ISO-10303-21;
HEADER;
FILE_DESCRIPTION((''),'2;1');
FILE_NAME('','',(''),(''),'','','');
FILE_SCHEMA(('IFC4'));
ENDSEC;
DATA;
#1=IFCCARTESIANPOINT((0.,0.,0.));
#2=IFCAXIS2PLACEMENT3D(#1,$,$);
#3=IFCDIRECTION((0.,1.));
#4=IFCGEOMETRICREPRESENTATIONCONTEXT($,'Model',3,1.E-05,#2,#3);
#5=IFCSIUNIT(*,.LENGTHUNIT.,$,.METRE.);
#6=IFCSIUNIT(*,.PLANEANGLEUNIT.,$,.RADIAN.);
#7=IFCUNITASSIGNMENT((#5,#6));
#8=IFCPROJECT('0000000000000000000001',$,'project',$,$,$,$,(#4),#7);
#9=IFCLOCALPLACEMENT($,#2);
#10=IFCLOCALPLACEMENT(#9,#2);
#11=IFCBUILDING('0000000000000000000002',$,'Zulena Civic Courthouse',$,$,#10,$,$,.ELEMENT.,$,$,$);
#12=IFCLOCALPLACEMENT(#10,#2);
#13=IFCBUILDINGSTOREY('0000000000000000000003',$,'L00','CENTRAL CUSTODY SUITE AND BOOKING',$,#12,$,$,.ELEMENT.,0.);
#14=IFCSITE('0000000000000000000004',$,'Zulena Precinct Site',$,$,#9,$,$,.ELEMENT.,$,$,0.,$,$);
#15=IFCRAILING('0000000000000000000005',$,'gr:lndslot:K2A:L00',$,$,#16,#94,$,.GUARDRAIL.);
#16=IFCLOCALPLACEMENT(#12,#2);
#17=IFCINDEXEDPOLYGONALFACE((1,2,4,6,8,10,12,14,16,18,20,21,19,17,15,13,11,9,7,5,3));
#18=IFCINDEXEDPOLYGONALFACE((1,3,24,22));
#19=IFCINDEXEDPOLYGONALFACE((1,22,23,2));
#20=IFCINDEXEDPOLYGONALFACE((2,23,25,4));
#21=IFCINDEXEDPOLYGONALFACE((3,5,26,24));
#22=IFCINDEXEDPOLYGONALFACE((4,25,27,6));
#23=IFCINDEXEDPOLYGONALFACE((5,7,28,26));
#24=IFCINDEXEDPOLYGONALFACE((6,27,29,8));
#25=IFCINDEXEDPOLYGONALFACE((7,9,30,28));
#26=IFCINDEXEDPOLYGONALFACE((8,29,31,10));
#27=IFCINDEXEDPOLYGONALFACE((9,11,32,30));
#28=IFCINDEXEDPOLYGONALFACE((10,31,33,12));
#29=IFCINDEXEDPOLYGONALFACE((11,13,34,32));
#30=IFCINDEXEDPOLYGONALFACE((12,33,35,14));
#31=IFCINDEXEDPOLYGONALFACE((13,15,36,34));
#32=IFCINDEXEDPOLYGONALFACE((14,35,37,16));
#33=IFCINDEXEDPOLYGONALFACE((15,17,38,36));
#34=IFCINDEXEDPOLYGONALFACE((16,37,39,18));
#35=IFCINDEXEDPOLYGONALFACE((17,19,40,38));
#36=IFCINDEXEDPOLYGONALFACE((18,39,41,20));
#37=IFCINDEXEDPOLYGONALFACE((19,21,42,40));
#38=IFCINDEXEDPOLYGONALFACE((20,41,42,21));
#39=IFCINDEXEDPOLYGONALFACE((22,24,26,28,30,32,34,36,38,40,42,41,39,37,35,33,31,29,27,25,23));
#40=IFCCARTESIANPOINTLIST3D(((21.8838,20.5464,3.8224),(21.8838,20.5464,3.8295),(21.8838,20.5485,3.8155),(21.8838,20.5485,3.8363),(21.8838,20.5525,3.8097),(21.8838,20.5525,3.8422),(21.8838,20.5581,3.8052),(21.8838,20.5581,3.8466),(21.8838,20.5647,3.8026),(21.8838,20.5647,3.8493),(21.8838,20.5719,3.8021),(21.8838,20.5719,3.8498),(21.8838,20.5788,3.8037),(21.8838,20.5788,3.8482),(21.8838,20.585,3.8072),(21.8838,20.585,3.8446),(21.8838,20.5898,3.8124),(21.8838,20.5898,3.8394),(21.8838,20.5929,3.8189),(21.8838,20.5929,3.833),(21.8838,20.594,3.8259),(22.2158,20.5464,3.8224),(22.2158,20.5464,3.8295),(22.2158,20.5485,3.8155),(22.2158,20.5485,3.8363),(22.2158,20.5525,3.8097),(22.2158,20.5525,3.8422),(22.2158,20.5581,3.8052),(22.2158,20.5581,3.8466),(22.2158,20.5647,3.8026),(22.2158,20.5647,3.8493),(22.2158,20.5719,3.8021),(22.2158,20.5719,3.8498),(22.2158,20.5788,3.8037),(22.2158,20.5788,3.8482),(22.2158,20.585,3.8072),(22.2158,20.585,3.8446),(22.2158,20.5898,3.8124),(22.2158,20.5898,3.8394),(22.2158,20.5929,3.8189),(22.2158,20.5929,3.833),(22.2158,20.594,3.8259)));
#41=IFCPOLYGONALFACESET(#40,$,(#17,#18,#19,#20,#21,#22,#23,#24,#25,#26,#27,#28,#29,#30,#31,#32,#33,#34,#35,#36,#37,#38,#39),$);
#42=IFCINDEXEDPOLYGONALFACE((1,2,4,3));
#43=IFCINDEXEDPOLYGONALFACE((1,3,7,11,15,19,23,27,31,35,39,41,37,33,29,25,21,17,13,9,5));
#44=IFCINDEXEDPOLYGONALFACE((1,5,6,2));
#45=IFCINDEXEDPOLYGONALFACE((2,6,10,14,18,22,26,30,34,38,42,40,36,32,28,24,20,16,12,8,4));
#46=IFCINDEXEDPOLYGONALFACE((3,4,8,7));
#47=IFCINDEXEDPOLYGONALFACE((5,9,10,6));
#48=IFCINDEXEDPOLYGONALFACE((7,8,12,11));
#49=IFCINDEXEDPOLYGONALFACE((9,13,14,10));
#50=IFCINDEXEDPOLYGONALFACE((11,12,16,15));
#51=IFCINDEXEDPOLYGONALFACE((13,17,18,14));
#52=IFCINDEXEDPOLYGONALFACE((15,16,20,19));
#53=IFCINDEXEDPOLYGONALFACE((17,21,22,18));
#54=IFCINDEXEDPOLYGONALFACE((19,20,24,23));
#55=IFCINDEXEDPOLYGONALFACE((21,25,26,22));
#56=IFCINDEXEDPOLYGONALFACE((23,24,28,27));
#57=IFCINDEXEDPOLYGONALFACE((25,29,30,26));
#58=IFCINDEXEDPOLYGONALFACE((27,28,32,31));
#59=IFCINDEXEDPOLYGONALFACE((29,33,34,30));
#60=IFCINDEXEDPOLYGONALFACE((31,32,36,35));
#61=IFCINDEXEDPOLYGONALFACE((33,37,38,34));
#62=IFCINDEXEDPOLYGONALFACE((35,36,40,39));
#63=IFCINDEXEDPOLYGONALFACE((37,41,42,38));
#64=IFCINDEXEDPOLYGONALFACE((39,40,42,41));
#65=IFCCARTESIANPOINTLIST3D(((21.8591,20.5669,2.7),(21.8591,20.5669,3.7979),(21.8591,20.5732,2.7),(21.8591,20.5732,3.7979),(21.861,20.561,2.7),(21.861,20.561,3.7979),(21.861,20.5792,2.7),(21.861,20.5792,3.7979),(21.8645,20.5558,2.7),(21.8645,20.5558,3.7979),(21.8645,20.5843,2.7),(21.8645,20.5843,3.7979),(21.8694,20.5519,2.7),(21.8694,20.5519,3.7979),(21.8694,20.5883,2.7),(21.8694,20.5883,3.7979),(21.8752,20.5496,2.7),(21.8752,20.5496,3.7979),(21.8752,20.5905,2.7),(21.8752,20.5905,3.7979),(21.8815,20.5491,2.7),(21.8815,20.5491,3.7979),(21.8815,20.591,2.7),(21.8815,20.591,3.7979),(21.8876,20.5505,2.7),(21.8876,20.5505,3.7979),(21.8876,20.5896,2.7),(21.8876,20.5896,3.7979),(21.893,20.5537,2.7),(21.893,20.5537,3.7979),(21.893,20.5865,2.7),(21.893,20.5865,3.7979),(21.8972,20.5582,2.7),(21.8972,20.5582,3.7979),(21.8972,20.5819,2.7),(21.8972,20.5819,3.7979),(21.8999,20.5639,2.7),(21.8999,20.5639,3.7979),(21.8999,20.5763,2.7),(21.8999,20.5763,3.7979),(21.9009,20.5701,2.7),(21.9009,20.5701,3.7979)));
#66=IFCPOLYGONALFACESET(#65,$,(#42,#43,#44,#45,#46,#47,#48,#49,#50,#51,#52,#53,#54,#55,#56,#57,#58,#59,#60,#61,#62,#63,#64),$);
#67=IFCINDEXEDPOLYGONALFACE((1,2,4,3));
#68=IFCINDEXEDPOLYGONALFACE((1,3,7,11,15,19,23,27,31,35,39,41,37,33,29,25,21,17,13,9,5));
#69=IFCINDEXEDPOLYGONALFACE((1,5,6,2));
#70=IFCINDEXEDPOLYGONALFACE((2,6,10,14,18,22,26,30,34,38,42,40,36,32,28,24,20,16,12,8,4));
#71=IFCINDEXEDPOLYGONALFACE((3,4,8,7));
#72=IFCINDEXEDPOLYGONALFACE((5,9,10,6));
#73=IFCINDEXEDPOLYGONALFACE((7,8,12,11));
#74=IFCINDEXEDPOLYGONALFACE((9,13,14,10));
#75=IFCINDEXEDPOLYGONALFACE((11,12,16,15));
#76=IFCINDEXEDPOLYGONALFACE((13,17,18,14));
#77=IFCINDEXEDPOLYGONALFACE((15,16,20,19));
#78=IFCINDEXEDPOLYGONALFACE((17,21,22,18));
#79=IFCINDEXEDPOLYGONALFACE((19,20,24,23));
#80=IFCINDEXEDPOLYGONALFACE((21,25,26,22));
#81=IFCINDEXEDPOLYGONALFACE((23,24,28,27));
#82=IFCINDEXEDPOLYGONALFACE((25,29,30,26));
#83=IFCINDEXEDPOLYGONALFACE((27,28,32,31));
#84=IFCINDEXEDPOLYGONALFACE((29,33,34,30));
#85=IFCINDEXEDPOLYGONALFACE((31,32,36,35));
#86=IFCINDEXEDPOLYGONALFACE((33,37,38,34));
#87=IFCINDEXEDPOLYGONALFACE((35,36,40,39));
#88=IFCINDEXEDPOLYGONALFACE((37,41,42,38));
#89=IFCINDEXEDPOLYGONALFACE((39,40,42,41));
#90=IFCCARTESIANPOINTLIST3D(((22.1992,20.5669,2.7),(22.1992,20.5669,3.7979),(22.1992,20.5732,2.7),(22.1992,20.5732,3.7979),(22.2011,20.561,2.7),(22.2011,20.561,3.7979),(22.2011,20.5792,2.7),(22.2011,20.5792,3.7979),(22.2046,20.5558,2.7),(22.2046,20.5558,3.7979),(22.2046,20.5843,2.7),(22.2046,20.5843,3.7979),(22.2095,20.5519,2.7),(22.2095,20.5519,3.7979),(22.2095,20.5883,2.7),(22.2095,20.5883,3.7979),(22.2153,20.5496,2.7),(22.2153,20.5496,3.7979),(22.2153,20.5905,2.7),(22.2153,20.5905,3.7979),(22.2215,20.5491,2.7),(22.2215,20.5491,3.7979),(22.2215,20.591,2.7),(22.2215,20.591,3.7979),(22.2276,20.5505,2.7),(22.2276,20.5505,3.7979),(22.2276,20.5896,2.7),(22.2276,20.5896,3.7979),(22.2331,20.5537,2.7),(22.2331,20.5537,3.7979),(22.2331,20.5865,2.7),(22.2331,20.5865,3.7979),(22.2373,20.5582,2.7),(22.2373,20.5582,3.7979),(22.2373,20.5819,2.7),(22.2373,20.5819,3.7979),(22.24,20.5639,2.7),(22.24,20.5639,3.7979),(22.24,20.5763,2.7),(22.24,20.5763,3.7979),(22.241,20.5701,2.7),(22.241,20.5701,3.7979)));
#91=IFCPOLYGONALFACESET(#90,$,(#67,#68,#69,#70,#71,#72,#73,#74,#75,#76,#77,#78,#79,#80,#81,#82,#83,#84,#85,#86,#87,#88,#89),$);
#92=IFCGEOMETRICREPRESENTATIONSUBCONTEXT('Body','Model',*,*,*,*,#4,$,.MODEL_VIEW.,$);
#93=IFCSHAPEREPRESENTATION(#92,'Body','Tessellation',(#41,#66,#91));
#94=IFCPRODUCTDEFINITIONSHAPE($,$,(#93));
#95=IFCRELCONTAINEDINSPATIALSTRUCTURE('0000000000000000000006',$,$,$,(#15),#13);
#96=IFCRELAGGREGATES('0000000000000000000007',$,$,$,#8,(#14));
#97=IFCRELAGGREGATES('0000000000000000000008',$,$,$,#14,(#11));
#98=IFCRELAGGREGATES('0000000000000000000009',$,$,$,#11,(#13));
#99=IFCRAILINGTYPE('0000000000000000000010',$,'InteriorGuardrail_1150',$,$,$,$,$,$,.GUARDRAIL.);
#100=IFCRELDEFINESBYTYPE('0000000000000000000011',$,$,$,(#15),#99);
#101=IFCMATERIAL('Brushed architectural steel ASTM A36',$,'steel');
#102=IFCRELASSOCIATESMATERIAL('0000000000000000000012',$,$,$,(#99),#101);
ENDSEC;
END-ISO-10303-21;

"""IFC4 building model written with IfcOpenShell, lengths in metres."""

from ifc_helpers import new_model, si_unit, direction, frame, origin, origin_2d, place, context, subcontext, project, spatial, circle, extrude, material, type_object, element, save


model = new_model("IFC4")

# Units and contexts
model_context = context("Model", 3, precision=1e-05, world=origin(), true_north=direction((0.0, 1.0)))
body_context = subcontext(model_context, "Body", "Model", "MODEL_VIEW")
ifc_project = project(units=[si_unit("LENGTHUNIT", "METRE"), si_unit("PLANEANGLEUNIT", "RADIAN")], contexts=[model_context])

# Site, building, storey
site_placement = place(None, origin())
site = spatial("IfcSite", under=ifc_project, at=site_placement, Name="Zulena Precinct Site", CompositionType="ELEMENT", RefElevation=0.0)
building_placement = place(site_placement, origin())
building = spatial("IfcBuilding", under=site, at=building_placement, Name="Zulena Civic Courthouse", CompositionType="ELEMENT")
storey_placement = place(building_placement, origin())
storey = spatial("IfcBuildingStorey", under=building, at=storey_placement, Name="L00", Description="CENTRAL CUSTODY SUITE AND BOOKING", CompositionType="ELEMENT", Elevation=0.0)

# Railing
ifc_material_1 = material(Name="Brushed architectural steel ASTM A36", Category="steel")
railing_type_1 = type_object("IfcRailingType", Name="InteriorGuardrail_1150", PredefinedType="GUARDRAIL", material=ifc_material_1)
railing_1_placement = place(storey_placement, frame((21.8799, 20.5701, 2.7)))
element("IfcRailing", 1, at=railing_1_placement, inside=storey, type_object=railing_type_1, Name="gr:lndslot:K2A:L00", PredefinedType="GUARDRAIL", context=body_context, shape_type="SweptSolid", body=[
    extrude(circle(Radius=0.0239, at=origin_2d()), frame((0.0039, 0.0, 1.126), z_axis=(1.0, 0.0, 0.0), x_axis=(0.0, 1.0, 0.0)), (0.0, 0.0, 1.0), 0.332),
    extrude(circle(Radius=0.021, at=origin_2d()), origin(), (0.0, 0.0, 1.0), 1.0979),
    extrude(circle(Radius=0.021, at=origin_2d()), frame((0.3401, 0.0, 0.0)), (0.0, 0.0, 1.0), 1.0979),
])

save(model, "model.ifc")
